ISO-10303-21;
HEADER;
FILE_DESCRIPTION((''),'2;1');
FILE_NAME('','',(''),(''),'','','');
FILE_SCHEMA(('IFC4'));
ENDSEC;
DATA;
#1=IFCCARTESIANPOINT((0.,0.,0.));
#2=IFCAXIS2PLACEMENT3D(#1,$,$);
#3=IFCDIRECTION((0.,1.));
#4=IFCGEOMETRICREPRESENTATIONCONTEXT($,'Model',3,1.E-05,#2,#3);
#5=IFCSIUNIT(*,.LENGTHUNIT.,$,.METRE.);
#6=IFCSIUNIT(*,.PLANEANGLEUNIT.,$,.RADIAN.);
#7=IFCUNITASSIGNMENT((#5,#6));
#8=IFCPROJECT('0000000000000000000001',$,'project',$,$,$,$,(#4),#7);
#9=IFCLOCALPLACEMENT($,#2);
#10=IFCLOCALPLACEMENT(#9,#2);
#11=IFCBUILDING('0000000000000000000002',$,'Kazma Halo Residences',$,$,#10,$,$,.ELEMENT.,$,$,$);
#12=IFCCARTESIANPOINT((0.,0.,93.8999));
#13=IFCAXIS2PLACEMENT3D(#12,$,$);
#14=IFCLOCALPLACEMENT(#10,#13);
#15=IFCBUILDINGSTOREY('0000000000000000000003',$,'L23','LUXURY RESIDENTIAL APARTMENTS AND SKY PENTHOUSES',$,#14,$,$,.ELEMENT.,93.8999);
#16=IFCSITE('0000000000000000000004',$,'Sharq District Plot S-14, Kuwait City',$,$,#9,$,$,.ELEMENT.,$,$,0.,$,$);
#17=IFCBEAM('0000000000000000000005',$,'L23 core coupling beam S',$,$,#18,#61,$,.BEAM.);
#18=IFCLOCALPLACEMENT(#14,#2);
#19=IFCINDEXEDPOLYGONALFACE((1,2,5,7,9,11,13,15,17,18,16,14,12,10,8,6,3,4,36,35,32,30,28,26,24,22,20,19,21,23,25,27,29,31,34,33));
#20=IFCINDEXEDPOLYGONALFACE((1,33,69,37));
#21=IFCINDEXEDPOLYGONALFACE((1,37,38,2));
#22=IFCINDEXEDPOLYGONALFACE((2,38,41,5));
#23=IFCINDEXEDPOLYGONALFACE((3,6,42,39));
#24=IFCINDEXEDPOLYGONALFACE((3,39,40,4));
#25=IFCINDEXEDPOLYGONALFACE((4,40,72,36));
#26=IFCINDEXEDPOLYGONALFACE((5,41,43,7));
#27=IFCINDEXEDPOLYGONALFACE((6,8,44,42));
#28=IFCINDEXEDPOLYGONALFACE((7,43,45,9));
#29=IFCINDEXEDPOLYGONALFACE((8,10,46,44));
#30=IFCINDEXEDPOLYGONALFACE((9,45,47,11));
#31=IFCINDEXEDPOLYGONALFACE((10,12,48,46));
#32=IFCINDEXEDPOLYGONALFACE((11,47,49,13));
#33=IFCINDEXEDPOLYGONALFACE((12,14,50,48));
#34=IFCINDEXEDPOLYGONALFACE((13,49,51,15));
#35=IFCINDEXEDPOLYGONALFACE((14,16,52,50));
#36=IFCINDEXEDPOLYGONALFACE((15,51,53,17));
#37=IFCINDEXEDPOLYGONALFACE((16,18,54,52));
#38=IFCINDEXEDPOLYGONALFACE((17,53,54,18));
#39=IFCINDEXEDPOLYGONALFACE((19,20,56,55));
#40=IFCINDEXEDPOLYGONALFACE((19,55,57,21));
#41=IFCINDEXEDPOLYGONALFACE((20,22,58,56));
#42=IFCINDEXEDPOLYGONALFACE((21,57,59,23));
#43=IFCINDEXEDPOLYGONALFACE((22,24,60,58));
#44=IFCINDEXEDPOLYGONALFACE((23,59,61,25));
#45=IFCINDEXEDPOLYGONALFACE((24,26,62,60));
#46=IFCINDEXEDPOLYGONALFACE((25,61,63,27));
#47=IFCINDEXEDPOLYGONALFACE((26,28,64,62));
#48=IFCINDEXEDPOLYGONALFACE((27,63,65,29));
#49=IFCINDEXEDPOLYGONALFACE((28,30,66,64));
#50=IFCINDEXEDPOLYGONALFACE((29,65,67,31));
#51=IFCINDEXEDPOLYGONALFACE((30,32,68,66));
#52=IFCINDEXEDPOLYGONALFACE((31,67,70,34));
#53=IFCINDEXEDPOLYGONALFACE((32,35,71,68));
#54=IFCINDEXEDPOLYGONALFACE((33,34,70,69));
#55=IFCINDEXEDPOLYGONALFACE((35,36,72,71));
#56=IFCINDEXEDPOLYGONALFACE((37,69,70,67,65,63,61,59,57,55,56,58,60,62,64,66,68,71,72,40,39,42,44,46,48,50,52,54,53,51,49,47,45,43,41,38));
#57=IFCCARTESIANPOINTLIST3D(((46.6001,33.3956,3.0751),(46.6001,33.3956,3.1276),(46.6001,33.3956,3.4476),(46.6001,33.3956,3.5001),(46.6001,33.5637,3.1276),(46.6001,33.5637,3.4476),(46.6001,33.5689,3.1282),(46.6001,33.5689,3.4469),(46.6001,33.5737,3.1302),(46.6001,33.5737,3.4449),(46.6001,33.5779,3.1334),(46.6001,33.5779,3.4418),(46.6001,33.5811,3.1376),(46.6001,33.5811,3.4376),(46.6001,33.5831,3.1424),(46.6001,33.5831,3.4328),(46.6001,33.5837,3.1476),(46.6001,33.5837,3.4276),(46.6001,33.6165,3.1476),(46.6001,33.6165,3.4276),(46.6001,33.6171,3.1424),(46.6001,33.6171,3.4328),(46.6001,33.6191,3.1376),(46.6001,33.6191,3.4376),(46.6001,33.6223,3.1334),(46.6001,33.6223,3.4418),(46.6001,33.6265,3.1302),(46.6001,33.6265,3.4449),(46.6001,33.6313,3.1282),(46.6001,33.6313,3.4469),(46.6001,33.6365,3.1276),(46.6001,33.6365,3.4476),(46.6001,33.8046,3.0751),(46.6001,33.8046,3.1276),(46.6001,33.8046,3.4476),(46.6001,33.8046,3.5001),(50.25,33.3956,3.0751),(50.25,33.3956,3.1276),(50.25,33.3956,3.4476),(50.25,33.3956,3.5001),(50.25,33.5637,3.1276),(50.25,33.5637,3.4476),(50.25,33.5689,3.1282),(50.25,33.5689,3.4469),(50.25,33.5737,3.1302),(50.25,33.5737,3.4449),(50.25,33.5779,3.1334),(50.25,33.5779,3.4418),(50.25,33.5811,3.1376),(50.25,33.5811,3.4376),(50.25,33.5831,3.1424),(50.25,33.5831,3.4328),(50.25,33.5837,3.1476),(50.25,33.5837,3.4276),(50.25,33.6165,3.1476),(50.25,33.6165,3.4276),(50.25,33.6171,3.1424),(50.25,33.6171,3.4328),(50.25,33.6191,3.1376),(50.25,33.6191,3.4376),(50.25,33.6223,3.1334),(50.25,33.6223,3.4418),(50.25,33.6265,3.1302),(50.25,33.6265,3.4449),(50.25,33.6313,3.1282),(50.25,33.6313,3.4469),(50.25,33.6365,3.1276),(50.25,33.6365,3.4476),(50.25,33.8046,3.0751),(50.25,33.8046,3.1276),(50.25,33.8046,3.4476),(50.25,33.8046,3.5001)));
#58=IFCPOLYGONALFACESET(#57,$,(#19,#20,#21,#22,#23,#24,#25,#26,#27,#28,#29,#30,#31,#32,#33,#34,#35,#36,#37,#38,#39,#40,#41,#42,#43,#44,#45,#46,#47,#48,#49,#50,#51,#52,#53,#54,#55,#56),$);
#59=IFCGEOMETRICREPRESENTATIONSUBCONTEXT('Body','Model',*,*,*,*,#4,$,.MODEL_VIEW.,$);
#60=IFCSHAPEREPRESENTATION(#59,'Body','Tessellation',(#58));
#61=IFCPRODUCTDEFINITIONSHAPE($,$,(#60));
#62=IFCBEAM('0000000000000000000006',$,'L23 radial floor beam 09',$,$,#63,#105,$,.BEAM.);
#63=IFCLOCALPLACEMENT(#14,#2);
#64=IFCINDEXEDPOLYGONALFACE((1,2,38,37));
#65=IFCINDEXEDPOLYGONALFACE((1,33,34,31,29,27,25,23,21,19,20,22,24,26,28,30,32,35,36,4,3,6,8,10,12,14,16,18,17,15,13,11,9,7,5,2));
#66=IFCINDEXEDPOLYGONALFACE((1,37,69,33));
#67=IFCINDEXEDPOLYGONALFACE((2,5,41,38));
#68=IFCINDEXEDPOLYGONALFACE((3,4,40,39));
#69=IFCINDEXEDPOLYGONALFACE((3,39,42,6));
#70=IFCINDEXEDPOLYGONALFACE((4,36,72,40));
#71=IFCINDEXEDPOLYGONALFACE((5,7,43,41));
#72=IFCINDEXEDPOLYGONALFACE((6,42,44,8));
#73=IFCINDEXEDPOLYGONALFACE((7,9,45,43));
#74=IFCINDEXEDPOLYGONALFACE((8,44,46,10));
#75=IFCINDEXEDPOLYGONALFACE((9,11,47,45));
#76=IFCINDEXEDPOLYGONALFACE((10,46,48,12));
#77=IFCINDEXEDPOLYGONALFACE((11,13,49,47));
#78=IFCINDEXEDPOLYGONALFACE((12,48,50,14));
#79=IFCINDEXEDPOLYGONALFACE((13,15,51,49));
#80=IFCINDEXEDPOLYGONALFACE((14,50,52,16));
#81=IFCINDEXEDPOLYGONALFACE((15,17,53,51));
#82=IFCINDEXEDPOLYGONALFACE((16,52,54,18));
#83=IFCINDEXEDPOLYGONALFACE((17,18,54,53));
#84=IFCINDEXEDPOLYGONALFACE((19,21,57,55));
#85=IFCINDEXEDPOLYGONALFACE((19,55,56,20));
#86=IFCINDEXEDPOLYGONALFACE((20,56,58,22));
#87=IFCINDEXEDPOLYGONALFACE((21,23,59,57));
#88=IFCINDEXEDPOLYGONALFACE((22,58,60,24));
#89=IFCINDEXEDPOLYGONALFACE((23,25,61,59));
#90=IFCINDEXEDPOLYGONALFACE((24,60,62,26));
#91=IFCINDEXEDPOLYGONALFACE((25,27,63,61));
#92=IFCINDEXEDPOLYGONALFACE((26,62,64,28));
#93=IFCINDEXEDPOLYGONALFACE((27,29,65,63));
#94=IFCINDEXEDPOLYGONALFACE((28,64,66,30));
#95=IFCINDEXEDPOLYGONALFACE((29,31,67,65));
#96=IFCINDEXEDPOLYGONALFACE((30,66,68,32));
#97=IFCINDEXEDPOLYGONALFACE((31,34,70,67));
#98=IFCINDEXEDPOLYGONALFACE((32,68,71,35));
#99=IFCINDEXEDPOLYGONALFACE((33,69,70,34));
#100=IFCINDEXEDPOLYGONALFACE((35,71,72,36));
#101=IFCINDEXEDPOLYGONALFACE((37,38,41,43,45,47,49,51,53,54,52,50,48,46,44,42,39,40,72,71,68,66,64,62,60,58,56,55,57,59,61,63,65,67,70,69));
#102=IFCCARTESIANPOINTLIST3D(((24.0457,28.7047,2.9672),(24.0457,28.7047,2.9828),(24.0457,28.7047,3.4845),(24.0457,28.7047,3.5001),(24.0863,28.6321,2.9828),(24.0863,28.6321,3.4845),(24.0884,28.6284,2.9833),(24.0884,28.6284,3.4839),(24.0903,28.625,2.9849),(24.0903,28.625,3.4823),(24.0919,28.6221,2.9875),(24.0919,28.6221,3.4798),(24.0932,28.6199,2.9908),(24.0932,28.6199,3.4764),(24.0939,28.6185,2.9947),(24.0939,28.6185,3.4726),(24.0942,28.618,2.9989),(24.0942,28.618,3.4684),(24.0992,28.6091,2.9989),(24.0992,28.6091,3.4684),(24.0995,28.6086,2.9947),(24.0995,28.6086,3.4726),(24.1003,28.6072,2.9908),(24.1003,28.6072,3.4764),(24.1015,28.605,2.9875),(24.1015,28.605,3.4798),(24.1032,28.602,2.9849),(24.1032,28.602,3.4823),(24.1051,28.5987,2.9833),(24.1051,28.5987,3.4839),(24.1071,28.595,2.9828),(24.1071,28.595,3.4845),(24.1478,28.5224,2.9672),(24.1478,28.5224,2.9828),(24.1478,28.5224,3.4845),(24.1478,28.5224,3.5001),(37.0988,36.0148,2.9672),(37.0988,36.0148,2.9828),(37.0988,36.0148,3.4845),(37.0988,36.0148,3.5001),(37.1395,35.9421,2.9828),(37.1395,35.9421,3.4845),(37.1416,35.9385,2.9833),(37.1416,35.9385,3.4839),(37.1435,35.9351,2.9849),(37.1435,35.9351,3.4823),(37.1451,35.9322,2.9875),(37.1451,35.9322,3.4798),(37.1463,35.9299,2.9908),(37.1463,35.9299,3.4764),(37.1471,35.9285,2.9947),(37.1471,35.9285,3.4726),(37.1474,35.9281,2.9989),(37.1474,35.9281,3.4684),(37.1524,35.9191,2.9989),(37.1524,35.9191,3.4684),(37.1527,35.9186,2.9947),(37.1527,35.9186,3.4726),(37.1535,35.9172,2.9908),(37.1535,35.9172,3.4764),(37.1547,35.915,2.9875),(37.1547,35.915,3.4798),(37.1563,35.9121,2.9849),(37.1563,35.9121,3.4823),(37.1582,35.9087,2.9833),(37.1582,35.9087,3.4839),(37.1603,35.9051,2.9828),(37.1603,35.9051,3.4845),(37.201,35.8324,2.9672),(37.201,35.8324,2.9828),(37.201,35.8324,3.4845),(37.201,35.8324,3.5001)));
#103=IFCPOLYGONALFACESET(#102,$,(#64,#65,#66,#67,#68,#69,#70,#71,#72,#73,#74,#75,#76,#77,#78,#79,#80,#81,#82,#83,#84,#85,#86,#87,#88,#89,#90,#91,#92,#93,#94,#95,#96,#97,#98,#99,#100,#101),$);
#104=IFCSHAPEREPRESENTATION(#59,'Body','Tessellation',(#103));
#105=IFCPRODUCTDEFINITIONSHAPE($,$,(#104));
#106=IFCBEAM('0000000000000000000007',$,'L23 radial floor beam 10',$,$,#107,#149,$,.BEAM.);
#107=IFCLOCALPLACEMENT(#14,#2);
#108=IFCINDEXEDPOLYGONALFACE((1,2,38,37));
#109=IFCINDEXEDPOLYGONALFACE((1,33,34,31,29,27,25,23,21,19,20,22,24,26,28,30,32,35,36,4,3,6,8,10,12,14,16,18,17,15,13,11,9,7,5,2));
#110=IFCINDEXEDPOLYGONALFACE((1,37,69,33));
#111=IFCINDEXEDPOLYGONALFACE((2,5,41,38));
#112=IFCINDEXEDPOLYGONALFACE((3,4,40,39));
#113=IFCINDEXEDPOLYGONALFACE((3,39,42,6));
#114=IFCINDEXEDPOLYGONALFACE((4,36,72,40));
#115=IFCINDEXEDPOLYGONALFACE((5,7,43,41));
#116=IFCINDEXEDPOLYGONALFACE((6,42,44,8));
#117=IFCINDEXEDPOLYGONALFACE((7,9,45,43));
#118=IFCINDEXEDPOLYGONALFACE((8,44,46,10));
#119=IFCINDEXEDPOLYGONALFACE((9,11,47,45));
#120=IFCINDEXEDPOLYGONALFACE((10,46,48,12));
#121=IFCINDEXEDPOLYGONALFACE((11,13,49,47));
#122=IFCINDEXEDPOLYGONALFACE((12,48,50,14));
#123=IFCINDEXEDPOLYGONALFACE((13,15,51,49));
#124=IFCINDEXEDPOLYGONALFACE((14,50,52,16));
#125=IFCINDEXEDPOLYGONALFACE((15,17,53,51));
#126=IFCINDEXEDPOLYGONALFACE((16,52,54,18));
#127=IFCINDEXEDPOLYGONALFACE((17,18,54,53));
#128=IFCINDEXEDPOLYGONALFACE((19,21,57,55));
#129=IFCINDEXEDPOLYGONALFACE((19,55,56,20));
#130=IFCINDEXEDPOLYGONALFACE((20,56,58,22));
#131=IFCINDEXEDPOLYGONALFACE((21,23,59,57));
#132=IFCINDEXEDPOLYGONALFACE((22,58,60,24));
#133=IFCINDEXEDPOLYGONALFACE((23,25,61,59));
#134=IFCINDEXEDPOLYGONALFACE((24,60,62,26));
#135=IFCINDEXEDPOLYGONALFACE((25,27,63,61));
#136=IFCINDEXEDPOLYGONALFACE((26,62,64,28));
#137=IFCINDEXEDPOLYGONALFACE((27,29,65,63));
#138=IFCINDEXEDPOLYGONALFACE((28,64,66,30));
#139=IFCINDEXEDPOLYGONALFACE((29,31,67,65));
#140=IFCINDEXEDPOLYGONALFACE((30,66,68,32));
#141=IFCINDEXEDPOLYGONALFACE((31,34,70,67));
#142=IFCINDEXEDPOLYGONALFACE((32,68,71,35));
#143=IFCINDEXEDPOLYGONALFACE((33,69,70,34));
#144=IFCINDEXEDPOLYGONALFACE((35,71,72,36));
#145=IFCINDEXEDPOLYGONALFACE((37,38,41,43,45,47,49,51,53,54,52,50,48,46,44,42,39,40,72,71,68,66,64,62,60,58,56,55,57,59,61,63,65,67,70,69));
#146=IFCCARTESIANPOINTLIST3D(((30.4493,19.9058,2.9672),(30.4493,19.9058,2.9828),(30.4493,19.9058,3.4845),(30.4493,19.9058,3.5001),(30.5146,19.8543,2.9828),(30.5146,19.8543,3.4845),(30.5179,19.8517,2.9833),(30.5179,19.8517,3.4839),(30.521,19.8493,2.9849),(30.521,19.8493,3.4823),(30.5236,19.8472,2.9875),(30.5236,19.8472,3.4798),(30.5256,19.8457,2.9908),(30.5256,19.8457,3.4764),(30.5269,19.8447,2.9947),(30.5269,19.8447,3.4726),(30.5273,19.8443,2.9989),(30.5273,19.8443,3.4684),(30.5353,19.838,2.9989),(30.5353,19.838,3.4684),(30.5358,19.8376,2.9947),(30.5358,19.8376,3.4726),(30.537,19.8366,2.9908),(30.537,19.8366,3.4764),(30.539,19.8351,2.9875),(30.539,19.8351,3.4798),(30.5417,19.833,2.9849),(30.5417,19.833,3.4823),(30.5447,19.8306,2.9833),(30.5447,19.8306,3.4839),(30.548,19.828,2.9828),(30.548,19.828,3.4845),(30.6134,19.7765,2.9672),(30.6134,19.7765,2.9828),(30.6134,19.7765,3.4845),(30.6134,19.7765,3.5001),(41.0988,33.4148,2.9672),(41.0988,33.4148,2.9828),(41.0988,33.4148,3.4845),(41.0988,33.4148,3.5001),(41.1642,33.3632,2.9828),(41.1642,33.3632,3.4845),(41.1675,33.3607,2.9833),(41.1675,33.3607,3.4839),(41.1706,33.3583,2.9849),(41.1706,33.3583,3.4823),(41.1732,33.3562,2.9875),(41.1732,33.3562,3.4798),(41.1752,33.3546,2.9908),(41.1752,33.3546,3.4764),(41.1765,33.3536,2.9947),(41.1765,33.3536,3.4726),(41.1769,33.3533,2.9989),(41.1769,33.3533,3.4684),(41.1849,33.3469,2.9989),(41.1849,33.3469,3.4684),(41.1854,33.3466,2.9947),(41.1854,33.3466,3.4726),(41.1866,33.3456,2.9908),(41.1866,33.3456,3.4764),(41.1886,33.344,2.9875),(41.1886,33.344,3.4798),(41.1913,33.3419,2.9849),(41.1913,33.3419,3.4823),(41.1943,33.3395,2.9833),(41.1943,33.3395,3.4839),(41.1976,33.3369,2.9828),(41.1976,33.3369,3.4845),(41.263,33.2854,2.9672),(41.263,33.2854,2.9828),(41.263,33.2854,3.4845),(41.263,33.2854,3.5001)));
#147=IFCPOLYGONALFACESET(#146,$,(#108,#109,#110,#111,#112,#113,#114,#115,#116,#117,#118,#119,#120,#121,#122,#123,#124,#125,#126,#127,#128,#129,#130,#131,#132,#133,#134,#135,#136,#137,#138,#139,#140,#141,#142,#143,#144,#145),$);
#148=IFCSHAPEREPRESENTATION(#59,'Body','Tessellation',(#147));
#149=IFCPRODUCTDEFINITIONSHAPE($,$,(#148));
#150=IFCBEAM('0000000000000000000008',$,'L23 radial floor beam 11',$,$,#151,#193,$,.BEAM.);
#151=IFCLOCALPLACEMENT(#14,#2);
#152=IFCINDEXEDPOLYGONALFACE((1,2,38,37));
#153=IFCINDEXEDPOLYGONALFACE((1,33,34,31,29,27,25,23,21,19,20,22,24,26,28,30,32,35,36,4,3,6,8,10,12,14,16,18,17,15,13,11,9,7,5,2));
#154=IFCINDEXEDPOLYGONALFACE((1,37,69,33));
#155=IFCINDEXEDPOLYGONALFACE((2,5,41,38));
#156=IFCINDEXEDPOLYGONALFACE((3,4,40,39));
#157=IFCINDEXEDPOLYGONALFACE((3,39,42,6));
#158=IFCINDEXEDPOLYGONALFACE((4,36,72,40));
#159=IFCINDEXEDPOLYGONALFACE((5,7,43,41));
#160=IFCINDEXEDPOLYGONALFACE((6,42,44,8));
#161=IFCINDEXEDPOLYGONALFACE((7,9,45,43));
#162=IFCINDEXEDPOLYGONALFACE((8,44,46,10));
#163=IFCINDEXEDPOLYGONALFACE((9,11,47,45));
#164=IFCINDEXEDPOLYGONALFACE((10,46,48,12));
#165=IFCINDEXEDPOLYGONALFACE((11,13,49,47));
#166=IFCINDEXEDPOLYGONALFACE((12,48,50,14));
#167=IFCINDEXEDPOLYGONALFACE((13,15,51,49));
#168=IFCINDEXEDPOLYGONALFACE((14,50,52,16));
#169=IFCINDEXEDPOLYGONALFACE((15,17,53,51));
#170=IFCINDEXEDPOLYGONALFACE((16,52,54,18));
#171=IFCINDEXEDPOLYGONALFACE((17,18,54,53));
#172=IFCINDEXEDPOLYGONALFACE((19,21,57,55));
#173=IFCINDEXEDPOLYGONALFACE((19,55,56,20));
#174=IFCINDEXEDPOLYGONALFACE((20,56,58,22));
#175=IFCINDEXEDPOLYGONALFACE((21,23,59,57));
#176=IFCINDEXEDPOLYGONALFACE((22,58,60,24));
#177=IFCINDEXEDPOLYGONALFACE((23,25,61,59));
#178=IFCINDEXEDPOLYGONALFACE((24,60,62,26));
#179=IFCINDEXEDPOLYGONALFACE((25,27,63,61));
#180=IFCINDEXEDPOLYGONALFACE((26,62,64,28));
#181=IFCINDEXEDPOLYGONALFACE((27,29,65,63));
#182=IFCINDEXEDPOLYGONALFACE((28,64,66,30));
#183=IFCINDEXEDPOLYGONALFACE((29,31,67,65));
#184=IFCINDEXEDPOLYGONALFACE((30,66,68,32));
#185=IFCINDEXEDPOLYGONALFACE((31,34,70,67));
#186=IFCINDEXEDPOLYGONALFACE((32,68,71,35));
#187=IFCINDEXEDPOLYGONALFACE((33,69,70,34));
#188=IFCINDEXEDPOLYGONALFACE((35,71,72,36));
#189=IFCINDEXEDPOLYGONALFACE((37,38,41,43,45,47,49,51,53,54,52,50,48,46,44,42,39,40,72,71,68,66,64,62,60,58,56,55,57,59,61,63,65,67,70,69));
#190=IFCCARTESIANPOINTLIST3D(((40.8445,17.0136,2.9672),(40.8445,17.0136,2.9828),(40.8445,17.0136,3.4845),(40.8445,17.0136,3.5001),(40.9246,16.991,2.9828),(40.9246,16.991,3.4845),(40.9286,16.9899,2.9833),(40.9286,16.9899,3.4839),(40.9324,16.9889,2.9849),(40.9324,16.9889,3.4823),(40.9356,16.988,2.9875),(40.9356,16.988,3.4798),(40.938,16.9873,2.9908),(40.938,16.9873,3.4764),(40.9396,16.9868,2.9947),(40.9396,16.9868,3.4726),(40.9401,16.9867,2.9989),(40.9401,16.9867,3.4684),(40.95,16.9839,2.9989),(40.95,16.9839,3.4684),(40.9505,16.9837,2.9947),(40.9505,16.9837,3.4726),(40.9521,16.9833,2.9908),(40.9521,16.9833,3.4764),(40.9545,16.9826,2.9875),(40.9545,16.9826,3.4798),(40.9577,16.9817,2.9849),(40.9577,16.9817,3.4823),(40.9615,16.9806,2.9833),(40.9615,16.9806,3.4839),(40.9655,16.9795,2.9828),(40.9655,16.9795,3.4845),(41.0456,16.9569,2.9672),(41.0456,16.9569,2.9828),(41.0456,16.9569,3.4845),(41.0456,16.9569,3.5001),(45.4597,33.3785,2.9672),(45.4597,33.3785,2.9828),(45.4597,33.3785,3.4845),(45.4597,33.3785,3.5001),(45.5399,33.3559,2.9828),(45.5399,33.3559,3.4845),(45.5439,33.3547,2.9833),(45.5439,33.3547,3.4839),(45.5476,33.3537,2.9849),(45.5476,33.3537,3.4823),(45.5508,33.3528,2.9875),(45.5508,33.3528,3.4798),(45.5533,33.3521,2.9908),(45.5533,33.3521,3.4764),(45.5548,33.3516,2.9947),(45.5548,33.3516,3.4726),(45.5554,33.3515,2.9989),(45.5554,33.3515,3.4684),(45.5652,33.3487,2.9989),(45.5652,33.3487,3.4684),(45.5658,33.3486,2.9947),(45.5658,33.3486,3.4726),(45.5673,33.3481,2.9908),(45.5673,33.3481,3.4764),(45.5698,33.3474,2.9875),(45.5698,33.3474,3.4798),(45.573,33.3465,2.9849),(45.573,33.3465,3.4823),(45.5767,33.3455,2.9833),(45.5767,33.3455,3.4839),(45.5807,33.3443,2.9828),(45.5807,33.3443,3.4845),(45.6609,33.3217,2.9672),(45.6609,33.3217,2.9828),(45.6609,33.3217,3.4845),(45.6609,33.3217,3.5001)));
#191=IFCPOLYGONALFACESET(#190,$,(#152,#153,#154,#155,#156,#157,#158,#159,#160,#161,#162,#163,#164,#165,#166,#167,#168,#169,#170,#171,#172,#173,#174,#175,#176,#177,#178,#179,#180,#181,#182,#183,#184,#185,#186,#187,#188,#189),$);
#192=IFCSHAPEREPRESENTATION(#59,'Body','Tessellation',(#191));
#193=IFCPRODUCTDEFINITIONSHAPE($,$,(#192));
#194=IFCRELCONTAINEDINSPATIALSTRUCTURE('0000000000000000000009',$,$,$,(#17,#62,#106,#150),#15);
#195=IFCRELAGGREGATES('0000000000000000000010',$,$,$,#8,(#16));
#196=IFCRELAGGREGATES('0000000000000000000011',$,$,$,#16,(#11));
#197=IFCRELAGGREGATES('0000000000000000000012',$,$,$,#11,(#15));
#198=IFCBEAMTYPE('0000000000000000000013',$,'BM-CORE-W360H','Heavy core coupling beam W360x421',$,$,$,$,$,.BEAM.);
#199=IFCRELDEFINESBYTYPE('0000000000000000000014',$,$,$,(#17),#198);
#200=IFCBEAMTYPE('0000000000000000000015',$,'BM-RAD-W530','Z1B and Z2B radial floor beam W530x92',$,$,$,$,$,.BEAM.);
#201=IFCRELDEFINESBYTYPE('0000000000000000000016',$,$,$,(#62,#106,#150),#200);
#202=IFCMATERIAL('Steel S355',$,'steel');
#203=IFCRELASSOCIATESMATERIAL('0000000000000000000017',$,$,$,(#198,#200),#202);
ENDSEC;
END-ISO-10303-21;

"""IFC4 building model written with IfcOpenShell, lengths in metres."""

from ifc_helpers import new_model, si_unit, direction, frame, origin, origin_2d, place, context, subcontext, project, spatial, i_section, extrude, material, material_profile, profile_set, type_object, element, save


model = new_model("IFC4")

# Units and contexts
model_context = context("Model", 3, precision=1e-05, world=origin(), true_north=direction((0.0, 1.0)))
body_context = subcontext(model_context, "Body", "Model", "MODEL_VIEW")
ifc_project = project(units=[si_unit("LENGTHUNIT", "METRE"), si_unit("PLANEANGLEUNIT", "RADIAN")], contexts=[model_context])

# Site, building, storey
site_placement = place(None, origin())
site = spatial("IfcSite", under=ifc_project, at=site_placement, Name="Sharq District Plot S-14, Kuwait City", CompositionType="ELEMENT", RefElevation=0.0)
building_placement = place(site_placement, origin())
building = spatial("IfcBuilding", under=site, at=building_placement, Name="Kazma Halo Residences", CompositionType="ELEMENT")
storey_placement = place(building_placement, frame((0.0, 0.0, 93.8999)))
storey = spatial("IfcBuildingStorey", under=building, at=storey_placement, Name="L23", Description="LUXURY RESIDENTIAL APARTMENTS AND SKY PENTHOUSES", CompositionType="ELEMENT", Elevation=93.8999)

# Beams
ifc_material_1 = material(Name="Steel S355", Category="steel")
ifc_material_profile_1 = material_profile(ifc_material_1, i_section(OverallWidth=0.4089, OverallDepth=0.425, WebThickness=0.0327, FlangeThickness=0.0525, FilletRadius=0.02, at=origin_2d()), Name="W360x421")
ifc_profile_set_1 = profile_set([ifc_material_profile_1], Name="Steel S355")
beam_type_1 = type_object("IfcBeamType", Name="BM-CORE-W360H", Description="Heavy core coupling beam W360x421", PredefinedType="BEAM", material=ifc_profile_set_1)
beam_1_placement = place(storey_placement, frame((46.6001, 33.6001, 3.2876), z_axis=(1.0, 0.0, 0.0), x_axis=(0.0, 1.0, 0.0)))
element("IfcBeam", 1, at=beam_1_placement, inside=storey, type_object=beam_type_1, Name="L23 core coupling beam S", PredefinedType="BEAM", context=body_context, shape_type="SweptSolid", body=[
    extrude(i_section(OverallWidth=0.4089, OverallDepth=0.425, WebThickness=0.0327, FlangeThickness=0.0525, FilletRadius=0.02, at=origin_2d()), origin(), (0.0, 0.0, 1.0), 3.6499),
])
ifc_material_profile_2 = material_profile(ifc_material_1, i_section(OverallWidth=0.209, OverallDepth=0.533, WebThickness=0.0103, FlangeThickness=0.0156, FilletRadius=0.0161, at=origin_2d()), Name="W530x92")
ifc_profile_set_2 = profile_set([ifc_material_profile_2], Name="Steel S355")
beam_type_2 = type_object("IfcBeamType", Name="BM-RAD-W530", Description="Z1B and Z2B radial floor beam W530x92", PredefinedType="BEAM", material=ifc_profile_set_2)
beam_2_placement = place(storey_placement, frame((37.1499, 35.9236, 3.2336), z_axis=(-0.872499, -0.488616, 0.0), x_axis=(0.488616, -0.872499, 0.0)))
element("IfcBeam", 2, at=beam_2_placement, inside=storey, type_object=beam_type_2, Name="L23 radial floor beam 09", PredefinedType="BEAM", context=body_context, shape_type="SweptSolid", body=[
    extrude(i_section(OverallWidth=0.209, OverallDepth=0.533, WebThickness=0.0103, FlangeThickness=0.0156, FilletRadius=0.0161, at=origin_2d()), origin(), (0.0, 0.0, 1.0), 14.9607),
])
beam_3_placement = place(storey_placement, frame((41.1809, 33.3501, 3.2336), z_axis=(-0.619094, -0.785317, 0.0), x_axis=(0.785317, -0.619094, 0.0)))
element("IfcBeam", 3, at=beam_3_placement, inside=storey, type_object=beam_type_2, Name="L23 radial floor beam 10", PredefinedType="BEAM", context=body_context, shape_type="SweptSolid", body=[
    extrude(i_section(OverallWidth=0.209, OverallDepth=0.533, WebThickness=0.0103, FlangeThickness=0.0156, FilletRadius=0.0161, at=origin_2d()), origin(), (0.0, 0.0, 1.0), 17.2019),
])
beam_4_placement = place(storey_placement, frame((45.5603, 33.3501, 3.2336), z_axis=(-0.271435, -0.962457, 0.0), x_axis=(0.962457, -0.271435, 0.0)))
element("IfcBeam", 4, at=beam_4_placement, inside=storey, type_object=beam_type_2, Name="L23 radial floor beam 11", PredefinedType="BEAM", context=body_context, shape_type="SweptSolid", body=[
    extrude(i_section(OverallWidth=0.209, OverallDepth=0.533, WebThickness=0.0103, FlangeThickness=0.0156, FilletRadius=0.0161, at=origin_2d()), origin(), (0.0, 0.0, 1.0), 17.0032),
])

save(model, "model.ifc")
